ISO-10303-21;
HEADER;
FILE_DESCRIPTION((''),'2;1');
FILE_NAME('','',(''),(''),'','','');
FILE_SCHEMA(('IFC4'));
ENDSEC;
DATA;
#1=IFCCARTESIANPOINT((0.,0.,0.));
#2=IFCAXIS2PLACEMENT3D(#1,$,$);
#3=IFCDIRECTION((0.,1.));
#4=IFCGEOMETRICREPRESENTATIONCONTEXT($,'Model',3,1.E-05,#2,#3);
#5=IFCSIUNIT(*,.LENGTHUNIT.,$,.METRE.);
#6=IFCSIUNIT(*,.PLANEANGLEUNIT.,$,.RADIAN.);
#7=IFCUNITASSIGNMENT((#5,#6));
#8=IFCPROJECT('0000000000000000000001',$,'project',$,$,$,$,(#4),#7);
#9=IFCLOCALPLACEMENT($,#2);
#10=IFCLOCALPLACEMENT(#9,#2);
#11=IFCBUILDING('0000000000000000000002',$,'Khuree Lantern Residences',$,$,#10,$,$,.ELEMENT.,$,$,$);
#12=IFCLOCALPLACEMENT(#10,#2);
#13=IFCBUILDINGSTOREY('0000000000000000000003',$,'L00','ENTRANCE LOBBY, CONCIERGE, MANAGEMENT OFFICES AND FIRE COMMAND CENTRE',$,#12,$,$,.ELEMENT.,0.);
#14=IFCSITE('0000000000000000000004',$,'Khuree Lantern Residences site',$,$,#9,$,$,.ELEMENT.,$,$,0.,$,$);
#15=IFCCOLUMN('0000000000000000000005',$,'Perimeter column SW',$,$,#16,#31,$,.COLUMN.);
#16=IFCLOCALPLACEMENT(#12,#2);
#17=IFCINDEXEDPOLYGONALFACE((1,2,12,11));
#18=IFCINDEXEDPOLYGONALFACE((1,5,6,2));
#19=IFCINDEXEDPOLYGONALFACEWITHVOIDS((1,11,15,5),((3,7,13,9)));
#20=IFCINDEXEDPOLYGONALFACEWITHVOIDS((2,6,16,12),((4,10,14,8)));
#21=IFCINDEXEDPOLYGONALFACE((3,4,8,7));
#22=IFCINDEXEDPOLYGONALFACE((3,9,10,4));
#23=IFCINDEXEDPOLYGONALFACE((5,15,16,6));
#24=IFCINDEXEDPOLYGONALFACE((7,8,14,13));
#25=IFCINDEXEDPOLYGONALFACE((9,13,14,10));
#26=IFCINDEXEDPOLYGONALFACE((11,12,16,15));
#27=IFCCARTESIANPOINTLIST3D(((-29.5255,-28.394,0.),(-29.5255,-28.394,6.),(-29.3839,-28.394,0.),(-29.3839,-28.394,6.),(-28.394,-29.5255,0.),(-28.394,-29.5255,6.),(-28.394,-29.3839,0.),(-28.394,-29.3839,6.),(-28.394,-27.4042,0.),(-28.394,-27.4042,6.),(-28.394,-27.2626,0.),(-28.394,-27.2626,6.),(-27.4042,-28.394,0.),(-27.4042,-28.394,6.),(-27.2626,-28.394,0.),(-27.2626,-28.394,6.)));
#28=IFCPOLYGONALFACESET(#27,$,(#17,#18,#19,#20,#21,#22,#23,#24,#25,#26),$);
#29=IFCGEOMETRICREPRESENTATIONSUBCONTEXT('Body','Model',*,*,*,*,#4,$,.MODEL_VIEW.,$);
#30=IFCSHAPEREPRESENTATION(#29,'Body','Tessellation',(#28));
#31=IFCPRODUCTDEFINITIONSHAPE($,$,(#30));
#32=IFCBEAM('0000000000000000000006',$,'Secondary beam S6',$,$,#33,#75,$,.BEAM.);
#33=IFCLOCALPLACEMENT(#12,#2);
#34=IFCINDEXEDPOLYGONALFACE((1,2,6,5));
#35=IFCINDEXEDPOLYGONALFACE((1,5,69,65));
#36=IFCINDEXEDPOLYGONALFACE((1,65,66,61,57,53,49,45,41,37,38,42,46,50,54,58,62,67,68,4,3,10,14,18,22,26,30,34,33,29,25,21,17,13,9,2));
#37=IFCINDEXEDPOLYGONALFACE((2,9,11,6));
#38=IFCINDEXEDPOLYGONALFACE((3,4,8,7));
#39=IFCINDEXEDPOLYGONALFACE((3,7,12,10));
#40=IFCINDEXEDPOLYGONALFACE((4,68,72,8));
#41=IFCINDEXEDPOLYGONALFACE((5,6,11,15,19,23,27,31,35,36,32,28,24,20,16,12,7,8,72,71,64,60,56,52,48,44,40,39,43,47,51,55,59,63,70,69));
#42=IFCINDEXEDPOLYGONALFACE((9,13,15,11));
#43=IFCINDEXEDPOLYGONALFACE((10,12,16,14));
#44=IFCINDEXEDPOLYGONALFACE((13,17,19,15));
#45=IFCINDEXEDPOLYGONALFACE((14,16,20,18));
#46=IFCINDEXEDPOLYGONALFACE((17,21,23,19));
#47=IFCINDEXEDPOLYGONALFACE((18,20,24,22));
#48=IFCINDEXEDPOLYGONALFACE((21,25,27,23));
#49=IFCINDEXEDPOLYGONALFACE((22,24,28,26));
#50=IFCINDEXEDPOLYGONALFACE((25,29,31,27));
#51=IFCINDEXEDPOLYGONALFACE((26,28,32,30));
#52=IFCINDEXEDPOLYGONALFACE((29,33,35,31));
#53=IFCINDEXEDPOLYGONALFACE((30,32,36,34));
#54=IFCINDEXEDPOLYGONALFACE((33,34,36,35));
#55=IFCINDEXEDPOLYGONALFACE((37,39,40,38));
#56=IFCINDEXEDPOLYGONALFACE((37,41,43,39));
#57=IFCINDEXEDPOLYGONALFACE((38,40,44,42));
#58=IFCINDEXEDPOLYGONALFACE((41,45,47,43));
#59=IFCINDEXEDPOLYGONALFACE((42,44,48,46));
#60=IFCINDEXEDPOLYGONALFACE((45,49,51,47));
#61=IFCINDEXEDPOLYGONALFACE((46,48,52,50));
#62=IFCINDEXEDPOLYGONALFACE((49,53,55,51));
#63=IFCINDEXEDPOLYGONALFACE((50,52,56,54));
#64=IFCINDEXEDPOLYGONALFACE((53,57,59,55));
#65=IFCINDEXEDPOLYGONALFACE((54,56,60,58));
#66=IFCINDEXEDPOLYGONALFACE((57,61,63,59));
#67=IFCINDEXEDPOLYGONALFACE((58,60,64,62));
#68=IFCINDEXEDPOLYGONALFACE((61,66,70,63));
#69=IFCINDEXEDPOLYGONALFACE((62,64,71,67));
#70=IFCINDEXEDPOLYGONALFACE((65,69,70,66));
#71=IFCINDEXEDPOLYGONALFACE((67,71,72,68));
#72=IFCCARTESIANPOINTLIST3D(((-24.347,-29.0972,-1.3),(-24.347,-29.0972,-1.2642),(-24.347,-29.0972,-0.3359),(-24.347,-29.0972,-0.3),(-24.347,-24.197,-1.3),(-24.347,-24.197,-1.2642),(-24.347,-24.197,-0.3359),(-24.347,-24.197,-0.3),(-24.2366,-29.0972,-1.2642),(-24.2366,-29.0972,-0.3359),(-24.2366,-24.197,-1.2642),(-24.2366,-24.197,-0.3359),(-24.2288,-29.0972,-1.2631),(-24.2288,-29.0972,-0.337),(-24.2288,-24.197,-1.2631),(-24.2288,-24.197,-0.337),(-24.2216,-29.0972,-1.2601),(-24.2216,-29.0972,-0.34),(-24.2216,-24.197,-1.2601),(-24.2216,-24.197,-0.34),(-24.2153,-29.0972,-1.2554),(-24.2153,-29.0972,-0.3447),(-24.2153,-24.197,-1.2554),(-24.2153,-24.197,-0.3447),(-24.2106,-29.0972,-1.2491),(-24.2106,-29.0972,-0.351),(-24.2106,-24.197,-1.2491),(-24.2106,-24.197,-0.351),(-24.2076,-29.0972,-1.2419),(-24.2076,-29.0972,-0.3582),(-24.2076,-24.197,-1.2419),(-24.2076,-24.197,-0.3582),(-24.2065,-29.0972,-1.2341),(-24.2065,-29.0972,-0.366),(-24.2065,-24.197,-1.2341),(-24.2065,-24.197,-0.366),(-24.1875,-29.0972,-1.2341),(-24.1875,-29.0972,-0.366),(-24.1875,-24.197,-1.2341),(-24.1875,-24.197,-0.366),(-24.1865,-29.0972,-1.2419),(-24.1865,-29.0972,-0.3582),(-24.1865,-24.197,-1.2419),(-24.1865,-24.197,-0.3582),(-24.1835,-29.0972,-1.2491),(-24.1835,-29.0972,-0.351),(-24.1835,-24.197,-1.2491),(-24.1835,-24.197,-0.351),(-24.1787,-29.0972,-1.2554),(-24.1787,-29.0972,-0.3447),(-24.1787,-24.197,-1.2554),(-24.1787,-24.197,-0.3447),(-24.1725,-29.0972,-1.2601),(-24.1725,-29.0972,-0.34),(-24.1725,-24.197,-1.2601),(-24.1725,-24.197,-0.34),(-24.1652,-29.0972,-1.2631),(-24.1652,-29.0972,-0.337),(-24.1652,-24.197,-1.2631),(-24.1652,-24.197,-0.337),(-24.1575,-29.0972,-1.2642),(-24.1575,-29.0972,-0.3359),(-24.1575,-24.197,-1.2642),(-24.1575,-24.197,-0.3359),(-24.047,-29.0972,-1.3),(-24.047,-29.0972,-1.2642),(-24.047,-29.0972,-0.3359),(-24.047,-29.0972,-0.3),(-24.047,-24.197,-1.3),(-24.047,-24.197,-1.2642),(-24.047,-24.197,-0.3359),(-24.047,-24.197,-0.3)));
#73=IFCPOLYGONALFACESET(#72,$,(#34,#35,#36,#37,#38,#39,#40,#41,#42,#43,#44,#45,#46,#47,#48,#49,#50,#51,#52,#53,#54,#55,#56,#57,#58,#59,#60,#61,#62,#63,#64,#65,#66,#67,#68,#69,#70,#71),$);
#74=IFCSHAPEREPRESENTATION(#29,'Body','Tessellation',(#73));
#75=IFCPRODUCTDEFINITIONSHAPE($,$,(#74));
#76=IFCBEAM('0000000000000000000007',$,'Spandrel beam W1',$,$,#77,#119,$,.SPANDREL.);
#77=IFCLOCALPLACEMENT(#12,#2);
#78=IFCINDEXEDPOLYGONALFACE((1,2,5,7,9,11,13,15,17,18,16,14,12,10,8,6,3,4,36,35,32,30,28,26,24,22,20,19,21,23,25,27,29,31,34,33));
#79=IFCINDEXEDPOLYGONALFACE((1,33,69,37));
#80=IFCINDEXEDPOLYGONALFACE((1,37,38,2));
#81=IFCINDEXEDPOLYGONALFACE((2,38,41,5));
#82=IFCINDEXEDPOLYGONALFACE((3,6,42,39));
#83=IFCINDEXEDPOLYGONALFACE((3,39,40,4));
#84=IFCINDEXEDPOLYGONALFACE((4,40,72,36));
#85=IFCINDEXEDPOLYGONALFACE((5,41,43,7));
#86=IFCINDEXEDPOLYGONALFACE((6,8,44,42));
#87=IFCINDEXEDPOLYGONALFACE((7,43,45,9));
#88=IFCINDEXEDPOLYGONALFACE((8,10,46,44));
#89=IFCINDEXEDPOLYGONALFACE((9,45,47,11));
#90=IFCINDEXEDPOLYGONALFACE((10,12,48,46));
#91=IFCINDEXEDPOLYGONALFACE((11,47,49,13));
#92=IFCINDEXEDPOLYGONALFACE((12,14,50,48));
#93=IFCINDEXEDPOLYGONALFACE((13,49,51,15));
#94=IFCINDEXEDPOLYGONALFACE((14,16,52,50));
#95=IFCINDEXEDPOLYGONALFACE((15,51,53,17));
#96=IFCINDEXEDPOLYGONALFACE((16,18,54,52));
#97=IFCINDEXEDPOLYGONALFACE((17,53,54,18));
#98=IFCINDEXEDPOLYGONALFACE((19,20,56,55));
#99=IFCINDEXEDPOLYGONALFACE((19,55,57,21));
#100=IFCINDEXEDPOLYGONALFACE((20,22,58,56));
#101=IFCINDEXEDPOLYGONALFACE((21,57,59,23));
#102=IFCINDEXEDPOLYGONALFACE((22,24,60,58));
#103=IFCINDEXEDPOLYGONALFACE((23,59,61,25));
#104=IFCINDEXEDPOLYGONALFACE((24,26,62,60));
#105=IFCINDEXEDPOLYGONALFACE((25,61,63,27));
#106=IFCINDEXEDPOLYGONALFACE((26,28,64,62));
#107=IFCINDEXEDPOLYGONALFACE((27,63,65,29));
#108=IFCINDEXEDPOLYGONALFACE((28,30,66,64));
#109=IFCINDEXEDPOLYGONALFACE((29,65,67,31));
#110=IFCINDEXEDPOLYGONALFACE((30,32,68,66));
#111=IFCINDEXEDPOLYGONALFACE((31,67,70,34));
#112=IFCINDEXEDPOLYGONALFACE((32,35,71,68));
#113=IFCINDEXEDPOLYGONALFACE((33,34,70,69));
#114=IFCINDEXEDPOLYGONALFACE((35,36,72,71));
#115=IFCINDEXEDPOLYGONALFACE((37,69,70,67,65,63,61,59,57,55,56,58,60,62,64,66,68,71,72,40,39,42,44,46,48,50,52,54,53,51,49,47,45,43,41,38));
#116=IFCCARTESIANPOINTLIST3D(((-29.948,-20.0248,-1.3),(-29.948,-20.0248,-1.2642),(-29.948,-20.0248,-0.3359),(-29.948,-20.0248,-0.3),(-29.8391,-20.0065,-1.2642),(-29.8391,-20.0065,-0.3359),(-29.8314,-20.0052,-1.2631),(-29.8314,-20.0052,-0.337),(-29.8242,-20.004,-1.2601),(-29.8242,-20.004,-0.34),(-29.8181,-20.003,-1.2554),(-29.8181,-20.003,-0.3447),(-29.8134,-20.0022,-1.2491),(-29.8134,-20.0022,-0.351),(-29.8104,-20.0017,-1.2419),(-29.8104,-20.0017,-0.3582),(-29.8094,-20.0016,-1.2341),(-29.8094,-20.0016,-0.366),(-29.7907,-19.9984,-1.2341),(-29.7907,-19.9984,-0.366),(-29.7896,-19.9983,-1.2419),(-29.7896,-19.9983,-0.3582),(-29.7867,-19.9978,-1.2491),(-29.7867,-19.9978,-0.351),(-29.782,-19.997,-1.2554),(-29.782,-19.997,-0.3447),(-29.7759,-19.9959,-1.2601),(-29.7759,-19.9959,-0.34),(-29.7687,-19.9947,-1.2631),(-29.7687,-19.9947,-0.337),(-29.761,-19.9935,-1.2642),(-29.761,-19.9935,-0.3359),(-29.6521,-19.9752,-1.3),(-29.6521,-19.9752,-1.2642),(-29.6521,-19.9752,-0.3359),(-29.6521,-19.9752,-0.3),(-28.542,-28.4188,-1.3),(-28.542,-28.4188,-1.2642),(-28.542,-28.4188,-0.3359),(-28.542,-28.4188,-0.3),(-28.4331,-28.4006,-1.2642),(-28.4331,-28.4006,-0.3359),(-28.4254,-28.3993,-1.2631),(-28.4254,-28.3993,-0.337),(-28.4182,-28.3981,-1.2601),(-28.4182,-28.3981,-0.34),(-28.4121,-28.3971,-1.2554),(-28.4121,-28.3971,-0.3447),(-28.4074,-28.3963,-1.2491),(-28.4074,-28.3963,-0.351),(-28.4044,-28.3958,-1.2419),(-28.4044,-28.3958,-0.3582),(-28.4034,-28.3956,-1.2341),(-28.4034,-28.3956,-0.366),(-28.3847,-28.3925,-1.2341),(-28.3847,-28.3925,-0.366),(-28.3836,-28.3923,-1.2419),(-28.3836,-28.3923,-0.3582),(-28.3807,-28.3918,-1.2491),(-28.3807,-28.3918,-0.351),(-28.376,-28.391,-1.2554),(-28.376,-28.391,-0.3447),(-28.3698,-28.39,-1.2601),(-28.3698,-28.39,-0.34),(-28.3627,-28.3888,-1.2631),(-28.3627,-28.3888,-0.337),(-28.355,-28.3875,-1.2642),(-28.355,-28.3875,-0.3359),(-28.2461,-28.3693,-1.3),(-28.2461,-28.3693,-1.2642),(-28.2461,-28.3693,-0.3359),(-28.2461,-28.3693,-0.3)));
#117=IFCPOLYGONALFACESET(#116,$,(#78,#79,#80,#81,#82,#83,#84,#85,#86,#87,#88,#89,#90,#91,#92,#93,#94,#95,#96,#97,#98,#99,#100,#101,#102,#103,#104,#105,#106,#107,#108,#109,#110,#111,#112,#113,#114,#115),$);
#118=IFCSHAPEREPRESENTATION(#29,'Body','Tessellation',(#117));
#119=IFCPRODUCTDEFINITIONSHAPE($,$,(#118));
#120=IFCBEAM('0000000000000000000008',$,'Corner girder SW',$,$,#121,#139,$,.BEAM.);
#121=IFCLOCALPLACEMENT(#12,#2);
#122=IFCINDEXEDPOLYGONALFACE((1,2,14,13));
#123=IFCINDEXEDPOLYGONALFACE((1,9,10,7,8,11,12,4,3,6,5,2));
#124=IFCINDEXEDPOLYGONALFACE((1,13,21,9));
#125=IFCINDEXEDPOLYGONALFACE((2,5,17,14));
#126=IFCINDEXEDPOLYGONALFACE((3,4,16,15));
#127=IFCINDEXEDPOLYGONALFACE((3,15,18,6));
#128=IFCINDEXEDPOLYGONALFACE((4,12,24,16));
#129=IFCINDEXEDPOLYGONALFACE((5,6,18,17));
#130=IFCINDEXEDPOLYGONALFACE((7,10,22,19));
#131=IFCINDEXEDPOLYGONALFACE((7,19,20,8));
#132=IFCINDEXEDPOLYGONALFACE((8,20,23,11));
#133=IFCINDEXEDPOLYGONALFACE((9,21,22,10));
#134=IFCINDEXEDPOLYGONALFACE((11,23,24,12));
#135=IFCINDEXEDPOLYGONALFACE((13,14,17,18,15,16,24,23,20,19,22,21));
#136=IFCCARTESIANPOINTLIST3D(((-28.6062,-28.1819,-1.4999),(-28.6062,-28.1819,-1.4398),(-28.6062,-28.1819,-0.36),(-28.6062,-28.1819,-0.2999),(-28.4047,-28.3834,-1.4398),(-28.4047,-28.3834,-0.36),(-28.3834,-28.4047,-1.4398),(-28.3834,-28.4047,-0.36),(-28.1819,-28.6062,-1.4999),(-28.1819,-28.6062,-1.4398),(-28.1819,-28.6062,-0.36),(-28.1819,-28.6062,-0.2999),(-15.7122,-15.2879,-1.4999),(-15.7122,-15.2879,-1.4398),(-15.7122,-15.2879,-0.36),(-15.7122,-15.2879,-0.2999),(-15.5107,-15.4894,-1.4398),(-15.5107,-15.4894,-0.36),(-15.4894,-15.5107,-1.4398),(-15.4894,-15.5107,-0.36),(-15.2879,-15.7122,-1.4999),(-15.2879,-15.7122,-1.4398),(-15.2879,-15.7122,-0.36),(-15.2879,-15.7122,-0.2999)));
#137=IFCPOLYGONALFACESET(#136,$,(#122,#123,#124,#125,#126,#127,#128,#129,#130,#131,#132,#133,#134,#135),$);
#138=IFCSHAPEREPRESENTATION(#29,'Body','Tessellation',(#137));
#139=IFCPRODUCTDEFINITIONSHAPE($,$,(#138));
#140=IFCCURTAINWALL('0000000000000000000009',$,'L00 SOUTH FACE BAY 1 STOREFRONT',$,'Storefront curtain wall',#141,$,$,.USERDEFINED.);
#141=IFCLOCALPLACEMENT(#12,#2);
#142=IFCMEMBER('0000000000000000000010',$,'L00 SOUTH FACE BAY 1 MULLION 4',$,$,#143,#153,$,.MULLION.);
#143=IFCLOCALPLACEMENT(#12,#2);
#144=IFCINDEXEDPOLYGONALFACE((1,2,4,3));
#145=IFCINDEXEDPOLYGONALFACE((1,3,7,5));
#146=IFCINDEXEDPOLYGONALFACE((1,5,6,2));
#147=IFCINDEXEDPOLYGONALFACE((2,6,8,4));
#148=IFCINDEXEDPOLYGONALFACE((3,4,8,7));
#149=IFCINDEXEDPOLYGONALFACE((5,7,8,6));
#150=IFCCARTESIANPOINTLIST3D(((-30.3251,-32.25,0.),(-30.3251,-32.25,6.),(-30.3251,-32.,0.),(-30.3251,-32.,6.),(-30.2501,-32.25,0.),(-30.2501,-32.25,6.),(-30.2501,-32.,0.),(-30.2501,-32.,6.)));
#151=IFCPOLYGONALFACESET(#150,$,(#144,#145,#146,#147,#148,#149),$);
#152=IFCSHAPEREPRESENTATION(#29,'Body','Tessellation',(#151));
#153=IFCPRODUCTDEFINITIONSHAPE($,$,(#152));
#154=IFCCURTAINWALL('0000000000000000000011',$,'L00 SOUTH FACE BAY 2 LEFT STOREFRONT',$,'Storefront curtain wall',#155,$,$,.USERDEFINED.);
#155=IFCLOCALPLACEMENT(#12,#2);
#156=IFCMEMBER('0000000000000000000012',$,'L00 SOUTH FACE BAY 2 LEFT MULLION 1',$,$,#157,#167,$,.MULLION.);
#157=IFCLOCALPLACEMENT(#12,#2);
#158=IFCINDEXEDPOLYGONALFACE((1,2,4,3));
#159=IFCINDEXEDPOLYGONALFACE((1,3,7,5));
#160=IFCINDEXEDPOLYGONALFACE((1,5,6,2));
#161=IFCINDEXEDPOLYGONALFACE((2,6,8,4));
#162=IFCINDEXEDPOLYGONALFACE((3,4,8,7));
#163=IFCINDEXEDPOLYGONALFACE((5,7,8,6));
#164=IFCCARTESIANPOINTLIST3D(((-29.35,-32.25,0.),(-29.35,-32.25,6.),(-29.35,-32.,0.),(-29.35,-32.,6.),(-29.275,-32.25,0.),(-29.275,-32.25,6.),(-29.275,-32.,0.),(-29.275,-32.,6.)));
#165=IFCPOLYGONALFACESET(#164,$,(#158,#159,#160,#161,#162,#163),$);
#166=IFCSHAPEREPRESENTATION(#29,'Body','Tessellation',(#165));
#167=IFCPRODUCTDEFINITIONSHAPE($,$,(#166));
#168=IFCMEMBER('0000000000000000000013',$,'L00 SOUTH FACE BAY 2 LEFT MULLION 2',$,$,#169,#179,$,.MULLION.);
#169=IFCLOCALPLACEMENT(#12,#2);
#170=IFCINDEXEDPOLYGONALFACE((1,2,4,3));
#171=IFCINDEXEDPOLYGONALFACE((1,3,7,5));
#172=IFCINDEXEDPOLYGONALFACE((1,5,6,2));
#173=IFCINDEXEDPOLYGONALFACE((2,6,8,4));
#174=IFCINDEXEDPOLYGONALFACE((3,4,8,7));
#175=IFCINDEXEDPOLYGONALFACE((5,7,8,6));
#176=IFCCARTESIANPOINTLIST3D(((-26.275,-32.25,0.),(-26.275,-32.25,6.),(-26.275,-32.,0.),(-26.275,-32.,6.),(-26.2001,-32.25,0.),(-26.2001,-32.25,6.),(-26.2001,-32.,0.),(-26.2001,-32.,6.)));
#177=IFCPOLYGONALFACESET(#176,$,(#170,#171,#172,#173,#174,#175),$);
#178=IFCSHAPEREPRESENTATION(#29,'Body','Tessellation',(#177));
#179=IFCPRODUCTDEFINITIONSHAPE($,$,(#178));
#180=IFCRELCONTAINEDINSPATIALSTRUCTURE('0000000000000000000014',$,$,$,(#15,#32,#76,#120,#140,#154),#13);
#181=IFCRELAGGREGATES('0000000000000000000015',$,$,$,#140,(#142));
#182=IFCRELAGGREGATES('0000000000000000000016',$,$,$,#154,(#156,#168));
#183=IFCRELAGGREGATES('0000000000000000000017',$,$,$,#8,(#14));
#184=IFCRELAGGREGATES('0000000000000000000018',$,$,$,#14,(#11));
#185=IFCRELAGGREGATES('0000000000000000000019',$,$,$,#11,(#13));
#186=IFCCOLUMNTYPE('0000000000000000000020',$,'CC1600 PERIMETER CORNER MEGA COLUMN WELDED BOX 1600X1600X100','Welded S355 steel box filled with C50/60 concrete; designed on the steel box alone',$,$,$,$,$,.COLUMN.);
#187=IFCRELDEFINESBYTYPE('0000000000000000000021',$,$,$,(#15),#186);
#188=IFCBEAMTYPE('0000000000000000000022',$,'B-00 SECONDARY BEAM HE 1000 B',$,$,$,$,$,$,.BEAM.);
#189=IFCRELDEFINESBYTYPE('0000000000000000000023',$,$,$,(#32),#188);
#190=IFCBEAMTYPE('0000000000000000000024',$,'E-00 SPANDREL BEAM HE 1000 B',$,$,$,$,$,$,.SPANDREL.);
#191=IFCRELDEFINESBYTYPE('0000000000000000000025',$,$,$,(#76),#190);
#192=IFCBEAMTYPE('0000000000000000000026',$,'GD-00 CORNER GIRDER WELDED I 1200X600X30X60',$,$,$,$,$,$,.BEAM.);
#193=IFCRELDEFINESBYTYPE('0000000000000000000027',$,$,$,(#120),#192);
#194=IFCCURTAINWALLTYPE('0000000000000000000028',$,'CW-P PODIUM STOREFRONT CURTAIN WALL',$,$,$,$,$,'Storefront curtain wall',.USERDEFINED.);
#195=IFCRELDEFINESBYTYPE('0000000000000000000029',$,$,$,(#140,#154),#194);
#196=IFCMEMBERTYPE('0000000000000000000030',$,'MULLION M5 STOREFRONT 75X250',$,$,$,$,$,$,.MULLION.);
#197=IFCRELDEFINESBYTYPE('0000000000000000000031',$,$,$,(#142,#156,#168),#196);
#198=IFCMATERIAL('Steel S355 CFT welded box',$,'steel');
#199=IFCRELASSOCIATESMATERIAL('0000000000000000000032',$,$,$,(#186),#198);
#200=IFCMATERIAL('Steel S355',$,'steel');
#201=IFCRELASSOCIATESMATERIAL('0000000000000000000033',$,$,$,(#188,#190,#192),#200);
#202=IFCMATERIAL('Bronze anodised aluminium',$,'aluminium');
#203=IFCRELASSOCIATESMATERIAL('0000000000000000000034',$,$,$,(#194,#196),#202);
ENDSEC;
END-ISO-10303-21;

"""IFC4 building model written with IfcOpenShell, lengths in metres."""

from ifc_helpers import new_model, si_unit, direction, frame, origin, origin_2d, place, context, subcontext, project, spatial, rectangle, hollow_rectangle, i_section, extrude, material, material_profile, profile_set, type_object, element, aggregate, save


model = new_model("IFC4")

# Units and contexts
model_context = context("Model", 3, precision=1e-05, world=origin(), true_north=direction((0.0, 1.0)))
body_context = subcontext(model_context, "Body", "Model", "MODEL_VIEW")
ifc_project = project(units=[si_unit("LENGTHUNIT", "METRE"), si_unit("PLANEANGLEUNIT", "RADIAN")], contexts=[model_context])

# Site, building, storey
site_placement = place(None, origin())
site = spatial("IfcSite", under=ifc_project, at=site_placement, Name="Khuree Lantern Residences site", CompositionType="ELEMENT", RefElevation=0.0)
building_placement = place(site_placement, origin())
building = spatial("IfcBuilding", under=site, at=building_placement, Name="Khuree Lantern Residences", CompositionType="ELEMENT")
storey_placement = place(building_placement, origin())
storey = spatial("IfcBuildingStorey", under=building, at=storey_placement, Name="L00", Description="ENTRANCE LOBBY, CONCIERGE, MANAGEMENT OFFICES AND FIRE COMMAND CENTRE", CompositionType="ELEMENT", Elevation=0.0)

# Column
ifc_material_1 = material(Name="Steel S355 CFT welded box", Category="steel")
ifc_material_profile_1 = material_profile(ifc_material_1, hollow_rectangle(XDim=1.6001, YDim=1.6001, WallThickness=0.1001, at=origin_2d()), Name="WELDED BOX 1600X1600X100")
ifc_profile_set_1 = profile_set([ifc_material_profile_1], Name="Steel S355 CFT welded box")
column_type = type_object("IfcColumnType", Name="CC1600 PERIMETER CORNER MEGA COLUMN WELDED BOX 1600X1600X100", Description="Welded S355 steel box filled with C50/60 concrete; designed on the steel box alone", PredefinedType="COLUMN", material=ifc_profile_set_1)
column_placement = place(storey_placement, frame((-28.394, -28.394, 0.0), z_axis=(0.0, 0.0, 1.0), x_axis=(0.707107, -0.707107, 0.0)))
element("IfcColumn", 1, at=column_placement, inside=storey, type_object=column_type, Name="Perimeter column SW", PredefinedType="COLUMN", context=body_context, shape_type="SweptSolid", body=[
    extrude(hollow_rectangle(XDim=1.6001, YDim=1.6001, WallThickness=0.1001, at=origin_2d()), origin(), (0.0, 0.0, 1.0), 6.0),
])

# Beams
ifc_material_2 = material(Name="Steel S355", Category="steel")
ifc_material_profile_2 = material_profile(ifc_material_2, i_section(OverallWidth=0.3, OverallDepth=1.0, WebThickness=0.019, FlangeThickness=0.0359, FilletRadius=0.03, at=origin_2d()), Name="HE 1000 B")
ifc_profile_set_2 = profile_set([ifc_material_profile_2], Name="Steel S355")
beam_type_1 = type_object("IfcBeamType", Name="B-00 SECONDARY BEAM HE 1000 B", PredefinedType="BEAM", material=ifc_profile_set_2)
beam_1_placement = place(storey_placement, frame((-24.197, -29.0972, -0.8), z_axis=(0.0, 1.0, 0.0), x_axis=(-1.0, 0.0, 0.0)))
element("IfcBeam", 2, at=beam_1_placement, inside=storey, type_object=beam_type_1, Name="Secondary beam S6", PredefinedType="BEAM", context=body_context, shape_type="SweptSolid", body=[
    extrude(i_section(OverallWidth=0.3, OverallDepth=1.0, WebThickness=0.019, FlangeThickness=0.0359, FilletRadius=0.03, at=origin_2d()), origin(), (0.0, 0.0, 1.0), 4.9001),
])
ifc_material_profile_3 = material_profile(ifc_material_2, i_section(OverallWidth=0.3, OverallDepth=1.0, WebThickness=0.019, FlangeThickness=0.0359, FilletRadius=0.03, at=origin_2d()), Name="HE 1000 B")
ifc_profile_set_3 = profile_set([ifc_material_profile_3], Name="Steel S355")
beam_type_2 = type_object("IfcBeamType", Name="E-00 SPANDREL BEAM HE 1000 B", PredefinedType="SPANDREL", material=ifc_profile_set_3)
beam_2_placement = place(storey_placement, frame((-28.394, -28.394, -0.8), z_axis=(-0.165199, 0.98626, 0.0), x_axis=(-0.98626, -0.165199, 0.0)))
element("IfcBeam", 3, at=beam_2_placement, inside=storey, type_object=beam_type_2, Name="Spandrel beam W1", PredefinedType="SPANDREL", context=body_context, shape_type="SweptSolid", body=[
    extrude(i_section(OverallWidth=0.3, OverallDepth=1.0, WebThickness=0.019, FlangeThickness=0.0359, FilletRadius=0.03, at=origin_2d()), origin(), (0.0, 0.0, 1.0), 8.511),
])
ifc_material_profile_4 = material_profile(ifc_material_2, i_section(OverallWidth=0.6001, OverallDepth=1.2, WebThickness=0.03, FlangeThickness=0.0601, at=origin_2d()), Name="WELDED I 1200X600X30X60")
ifc_profile_set_4 = profile_set([ifc_material_profile_4], Name="Steel S355")
beam_type_3 = type_object("IfcBeamType", Name="GD-00 CORNER GIRDER WELDED I 1200X600X30X60", PredefinedType="BEAM", material=ifc_profile_set_4)
beam_3_placement = place(storey_placement, frame((-28.394, -28.394, -0.8999), z_axis=(0.707107, 0.707107, 0.0), x_axis=(-0.707107, 0.707107, 0.0)))
element("IfcBeam", 4, at=beam_3_placement, inside=storey, type_object=beam_type_3, Name="Corner girder SW", PredefinedType="BEAM", context=body_context, shape_type="SweptSolid", body=[
    extrude(i_section(OverallWidth=0.6001, OverallDepth=1.2, WebThickness=0.03, FlangeThickness=0.0601, at=origin_2d()), origin(), (0.0, 0.0, 1.0), 18.2349),
])

# Curtain wall, member
ifc_material_3 = material(Name="Bronze anodised aluminium", Category="aluminium")
curtain_wall_type = type_object("IfcCurtainWallType", Name="CW-P PODIUM STOREFRONT CURTAIN WALL", ElementType="Storefront curtain wall", PredefinedType="USERDEFINED", material=ifc_material_3)
curtain_wall_1_placement = place(storey_placement, origin())
curtain_wall_1 = element("IfcCurtainWall", 5, at=curtain_wall_1_placement, inside=storey, type_object=curtain_wall_type, Name="L00 SOUTH FACE BAY 1 STOREFRONT", ObjectType="Storefront curtain wall", PredefinedType="USERDEFINED")
ifc_material_profile_5 = material_profile(ifc_material_3, rectangle(XDim=0.075, YDim=0.25, at=origin_2d()), Name="M5 75X250")
ifc_profile_set_5 = profile_set([ifc_material_profile_5], Name="Bronze anodised aluminium")
member_type_1 = type_object("IfcMemberType", Name="MULLION M5 STOREFRONT 75X250", PredefinedType="MULLION", material=ifc_profile_set_5)
member_1_placement = place(storey_placement, frame((-30.2876, -32.125, 0.0), z_axis=(0.0, 0.0, 1.0), x_axis=(1.0, 0.0, 0.0)))
member_1 = element("IfcMember", 6, at=member_1_placement, type_object=member_type_1, Name="L00 SOUTH FACE BAY 1 MULLION 4", PredefinedType="MULLION", context=body_context, shape_type="SweptSolid", body=[
    extrude(rectangle(XDim=0.075, YDim=0.25, at=origin_2d()), origin(), (0.0, 0.0, 1.0), 6.0),
])
aggregate(curtain_wall_1, [member_1])

# Curtain wall, members
curtain_wall_2_placement = place(storey_placement, origin())
curtain_wall_2 = element("IfcCurtainWall", 7, at=curtain_wall_2_placement, inside=storey, type_object=curtain_wall_type, Name="L00 SOUTH FACE BAY 2 LEFT STOREFRONT", ObjectType="Storefront curtain wall", PredefinedType="USERDEFINED")
member_2_placement = place(storey_placement, frame((-29.3125, -32.125, 0.0), z_axis=(0.0, 0.0, 1.0), x_axis=(1.0, 0.0, 0.0)))
member_2 = element("IfcMember", 8, at=member_2_placement, type_object=member_type_1, Name="L00 SOUTH FACE BAY 2 LEFT MULLION 1", PredefinedType="MULLION", context=body_context, shape_type="SweptSolid", body=[
    extrude(rectangle(XDim=0.075, YDim=0.25, at=origin_2d()), origin(), (0.0, 0.0, 1.0), 6.0),
])
member_3_placement = place(storey_placement, frame((-26.2375, -32.125, 0.0), z_axis=(0.0, 0.0, 1.0), x_axis=(1.0, 0.0, 0.0)))
member_3 = element("IfcMember", 9, at=member_3_placement, type_object=member_type_1, Name="L00 SOUTH FACE BAY 2 LEFT MULLION 2", PredefinedType="MULLION", context=body_context, shape_type="SweptSolid", body=[
    extrude(rectangle(XDim=0.075, YDim=0.25, at=origin_2d()), origin(), (0.0, 0.0, 1.0), 6.0),
])

aggregate(curtain_wall_2, [member_2, member_3])

save(model, "model.ifc")
